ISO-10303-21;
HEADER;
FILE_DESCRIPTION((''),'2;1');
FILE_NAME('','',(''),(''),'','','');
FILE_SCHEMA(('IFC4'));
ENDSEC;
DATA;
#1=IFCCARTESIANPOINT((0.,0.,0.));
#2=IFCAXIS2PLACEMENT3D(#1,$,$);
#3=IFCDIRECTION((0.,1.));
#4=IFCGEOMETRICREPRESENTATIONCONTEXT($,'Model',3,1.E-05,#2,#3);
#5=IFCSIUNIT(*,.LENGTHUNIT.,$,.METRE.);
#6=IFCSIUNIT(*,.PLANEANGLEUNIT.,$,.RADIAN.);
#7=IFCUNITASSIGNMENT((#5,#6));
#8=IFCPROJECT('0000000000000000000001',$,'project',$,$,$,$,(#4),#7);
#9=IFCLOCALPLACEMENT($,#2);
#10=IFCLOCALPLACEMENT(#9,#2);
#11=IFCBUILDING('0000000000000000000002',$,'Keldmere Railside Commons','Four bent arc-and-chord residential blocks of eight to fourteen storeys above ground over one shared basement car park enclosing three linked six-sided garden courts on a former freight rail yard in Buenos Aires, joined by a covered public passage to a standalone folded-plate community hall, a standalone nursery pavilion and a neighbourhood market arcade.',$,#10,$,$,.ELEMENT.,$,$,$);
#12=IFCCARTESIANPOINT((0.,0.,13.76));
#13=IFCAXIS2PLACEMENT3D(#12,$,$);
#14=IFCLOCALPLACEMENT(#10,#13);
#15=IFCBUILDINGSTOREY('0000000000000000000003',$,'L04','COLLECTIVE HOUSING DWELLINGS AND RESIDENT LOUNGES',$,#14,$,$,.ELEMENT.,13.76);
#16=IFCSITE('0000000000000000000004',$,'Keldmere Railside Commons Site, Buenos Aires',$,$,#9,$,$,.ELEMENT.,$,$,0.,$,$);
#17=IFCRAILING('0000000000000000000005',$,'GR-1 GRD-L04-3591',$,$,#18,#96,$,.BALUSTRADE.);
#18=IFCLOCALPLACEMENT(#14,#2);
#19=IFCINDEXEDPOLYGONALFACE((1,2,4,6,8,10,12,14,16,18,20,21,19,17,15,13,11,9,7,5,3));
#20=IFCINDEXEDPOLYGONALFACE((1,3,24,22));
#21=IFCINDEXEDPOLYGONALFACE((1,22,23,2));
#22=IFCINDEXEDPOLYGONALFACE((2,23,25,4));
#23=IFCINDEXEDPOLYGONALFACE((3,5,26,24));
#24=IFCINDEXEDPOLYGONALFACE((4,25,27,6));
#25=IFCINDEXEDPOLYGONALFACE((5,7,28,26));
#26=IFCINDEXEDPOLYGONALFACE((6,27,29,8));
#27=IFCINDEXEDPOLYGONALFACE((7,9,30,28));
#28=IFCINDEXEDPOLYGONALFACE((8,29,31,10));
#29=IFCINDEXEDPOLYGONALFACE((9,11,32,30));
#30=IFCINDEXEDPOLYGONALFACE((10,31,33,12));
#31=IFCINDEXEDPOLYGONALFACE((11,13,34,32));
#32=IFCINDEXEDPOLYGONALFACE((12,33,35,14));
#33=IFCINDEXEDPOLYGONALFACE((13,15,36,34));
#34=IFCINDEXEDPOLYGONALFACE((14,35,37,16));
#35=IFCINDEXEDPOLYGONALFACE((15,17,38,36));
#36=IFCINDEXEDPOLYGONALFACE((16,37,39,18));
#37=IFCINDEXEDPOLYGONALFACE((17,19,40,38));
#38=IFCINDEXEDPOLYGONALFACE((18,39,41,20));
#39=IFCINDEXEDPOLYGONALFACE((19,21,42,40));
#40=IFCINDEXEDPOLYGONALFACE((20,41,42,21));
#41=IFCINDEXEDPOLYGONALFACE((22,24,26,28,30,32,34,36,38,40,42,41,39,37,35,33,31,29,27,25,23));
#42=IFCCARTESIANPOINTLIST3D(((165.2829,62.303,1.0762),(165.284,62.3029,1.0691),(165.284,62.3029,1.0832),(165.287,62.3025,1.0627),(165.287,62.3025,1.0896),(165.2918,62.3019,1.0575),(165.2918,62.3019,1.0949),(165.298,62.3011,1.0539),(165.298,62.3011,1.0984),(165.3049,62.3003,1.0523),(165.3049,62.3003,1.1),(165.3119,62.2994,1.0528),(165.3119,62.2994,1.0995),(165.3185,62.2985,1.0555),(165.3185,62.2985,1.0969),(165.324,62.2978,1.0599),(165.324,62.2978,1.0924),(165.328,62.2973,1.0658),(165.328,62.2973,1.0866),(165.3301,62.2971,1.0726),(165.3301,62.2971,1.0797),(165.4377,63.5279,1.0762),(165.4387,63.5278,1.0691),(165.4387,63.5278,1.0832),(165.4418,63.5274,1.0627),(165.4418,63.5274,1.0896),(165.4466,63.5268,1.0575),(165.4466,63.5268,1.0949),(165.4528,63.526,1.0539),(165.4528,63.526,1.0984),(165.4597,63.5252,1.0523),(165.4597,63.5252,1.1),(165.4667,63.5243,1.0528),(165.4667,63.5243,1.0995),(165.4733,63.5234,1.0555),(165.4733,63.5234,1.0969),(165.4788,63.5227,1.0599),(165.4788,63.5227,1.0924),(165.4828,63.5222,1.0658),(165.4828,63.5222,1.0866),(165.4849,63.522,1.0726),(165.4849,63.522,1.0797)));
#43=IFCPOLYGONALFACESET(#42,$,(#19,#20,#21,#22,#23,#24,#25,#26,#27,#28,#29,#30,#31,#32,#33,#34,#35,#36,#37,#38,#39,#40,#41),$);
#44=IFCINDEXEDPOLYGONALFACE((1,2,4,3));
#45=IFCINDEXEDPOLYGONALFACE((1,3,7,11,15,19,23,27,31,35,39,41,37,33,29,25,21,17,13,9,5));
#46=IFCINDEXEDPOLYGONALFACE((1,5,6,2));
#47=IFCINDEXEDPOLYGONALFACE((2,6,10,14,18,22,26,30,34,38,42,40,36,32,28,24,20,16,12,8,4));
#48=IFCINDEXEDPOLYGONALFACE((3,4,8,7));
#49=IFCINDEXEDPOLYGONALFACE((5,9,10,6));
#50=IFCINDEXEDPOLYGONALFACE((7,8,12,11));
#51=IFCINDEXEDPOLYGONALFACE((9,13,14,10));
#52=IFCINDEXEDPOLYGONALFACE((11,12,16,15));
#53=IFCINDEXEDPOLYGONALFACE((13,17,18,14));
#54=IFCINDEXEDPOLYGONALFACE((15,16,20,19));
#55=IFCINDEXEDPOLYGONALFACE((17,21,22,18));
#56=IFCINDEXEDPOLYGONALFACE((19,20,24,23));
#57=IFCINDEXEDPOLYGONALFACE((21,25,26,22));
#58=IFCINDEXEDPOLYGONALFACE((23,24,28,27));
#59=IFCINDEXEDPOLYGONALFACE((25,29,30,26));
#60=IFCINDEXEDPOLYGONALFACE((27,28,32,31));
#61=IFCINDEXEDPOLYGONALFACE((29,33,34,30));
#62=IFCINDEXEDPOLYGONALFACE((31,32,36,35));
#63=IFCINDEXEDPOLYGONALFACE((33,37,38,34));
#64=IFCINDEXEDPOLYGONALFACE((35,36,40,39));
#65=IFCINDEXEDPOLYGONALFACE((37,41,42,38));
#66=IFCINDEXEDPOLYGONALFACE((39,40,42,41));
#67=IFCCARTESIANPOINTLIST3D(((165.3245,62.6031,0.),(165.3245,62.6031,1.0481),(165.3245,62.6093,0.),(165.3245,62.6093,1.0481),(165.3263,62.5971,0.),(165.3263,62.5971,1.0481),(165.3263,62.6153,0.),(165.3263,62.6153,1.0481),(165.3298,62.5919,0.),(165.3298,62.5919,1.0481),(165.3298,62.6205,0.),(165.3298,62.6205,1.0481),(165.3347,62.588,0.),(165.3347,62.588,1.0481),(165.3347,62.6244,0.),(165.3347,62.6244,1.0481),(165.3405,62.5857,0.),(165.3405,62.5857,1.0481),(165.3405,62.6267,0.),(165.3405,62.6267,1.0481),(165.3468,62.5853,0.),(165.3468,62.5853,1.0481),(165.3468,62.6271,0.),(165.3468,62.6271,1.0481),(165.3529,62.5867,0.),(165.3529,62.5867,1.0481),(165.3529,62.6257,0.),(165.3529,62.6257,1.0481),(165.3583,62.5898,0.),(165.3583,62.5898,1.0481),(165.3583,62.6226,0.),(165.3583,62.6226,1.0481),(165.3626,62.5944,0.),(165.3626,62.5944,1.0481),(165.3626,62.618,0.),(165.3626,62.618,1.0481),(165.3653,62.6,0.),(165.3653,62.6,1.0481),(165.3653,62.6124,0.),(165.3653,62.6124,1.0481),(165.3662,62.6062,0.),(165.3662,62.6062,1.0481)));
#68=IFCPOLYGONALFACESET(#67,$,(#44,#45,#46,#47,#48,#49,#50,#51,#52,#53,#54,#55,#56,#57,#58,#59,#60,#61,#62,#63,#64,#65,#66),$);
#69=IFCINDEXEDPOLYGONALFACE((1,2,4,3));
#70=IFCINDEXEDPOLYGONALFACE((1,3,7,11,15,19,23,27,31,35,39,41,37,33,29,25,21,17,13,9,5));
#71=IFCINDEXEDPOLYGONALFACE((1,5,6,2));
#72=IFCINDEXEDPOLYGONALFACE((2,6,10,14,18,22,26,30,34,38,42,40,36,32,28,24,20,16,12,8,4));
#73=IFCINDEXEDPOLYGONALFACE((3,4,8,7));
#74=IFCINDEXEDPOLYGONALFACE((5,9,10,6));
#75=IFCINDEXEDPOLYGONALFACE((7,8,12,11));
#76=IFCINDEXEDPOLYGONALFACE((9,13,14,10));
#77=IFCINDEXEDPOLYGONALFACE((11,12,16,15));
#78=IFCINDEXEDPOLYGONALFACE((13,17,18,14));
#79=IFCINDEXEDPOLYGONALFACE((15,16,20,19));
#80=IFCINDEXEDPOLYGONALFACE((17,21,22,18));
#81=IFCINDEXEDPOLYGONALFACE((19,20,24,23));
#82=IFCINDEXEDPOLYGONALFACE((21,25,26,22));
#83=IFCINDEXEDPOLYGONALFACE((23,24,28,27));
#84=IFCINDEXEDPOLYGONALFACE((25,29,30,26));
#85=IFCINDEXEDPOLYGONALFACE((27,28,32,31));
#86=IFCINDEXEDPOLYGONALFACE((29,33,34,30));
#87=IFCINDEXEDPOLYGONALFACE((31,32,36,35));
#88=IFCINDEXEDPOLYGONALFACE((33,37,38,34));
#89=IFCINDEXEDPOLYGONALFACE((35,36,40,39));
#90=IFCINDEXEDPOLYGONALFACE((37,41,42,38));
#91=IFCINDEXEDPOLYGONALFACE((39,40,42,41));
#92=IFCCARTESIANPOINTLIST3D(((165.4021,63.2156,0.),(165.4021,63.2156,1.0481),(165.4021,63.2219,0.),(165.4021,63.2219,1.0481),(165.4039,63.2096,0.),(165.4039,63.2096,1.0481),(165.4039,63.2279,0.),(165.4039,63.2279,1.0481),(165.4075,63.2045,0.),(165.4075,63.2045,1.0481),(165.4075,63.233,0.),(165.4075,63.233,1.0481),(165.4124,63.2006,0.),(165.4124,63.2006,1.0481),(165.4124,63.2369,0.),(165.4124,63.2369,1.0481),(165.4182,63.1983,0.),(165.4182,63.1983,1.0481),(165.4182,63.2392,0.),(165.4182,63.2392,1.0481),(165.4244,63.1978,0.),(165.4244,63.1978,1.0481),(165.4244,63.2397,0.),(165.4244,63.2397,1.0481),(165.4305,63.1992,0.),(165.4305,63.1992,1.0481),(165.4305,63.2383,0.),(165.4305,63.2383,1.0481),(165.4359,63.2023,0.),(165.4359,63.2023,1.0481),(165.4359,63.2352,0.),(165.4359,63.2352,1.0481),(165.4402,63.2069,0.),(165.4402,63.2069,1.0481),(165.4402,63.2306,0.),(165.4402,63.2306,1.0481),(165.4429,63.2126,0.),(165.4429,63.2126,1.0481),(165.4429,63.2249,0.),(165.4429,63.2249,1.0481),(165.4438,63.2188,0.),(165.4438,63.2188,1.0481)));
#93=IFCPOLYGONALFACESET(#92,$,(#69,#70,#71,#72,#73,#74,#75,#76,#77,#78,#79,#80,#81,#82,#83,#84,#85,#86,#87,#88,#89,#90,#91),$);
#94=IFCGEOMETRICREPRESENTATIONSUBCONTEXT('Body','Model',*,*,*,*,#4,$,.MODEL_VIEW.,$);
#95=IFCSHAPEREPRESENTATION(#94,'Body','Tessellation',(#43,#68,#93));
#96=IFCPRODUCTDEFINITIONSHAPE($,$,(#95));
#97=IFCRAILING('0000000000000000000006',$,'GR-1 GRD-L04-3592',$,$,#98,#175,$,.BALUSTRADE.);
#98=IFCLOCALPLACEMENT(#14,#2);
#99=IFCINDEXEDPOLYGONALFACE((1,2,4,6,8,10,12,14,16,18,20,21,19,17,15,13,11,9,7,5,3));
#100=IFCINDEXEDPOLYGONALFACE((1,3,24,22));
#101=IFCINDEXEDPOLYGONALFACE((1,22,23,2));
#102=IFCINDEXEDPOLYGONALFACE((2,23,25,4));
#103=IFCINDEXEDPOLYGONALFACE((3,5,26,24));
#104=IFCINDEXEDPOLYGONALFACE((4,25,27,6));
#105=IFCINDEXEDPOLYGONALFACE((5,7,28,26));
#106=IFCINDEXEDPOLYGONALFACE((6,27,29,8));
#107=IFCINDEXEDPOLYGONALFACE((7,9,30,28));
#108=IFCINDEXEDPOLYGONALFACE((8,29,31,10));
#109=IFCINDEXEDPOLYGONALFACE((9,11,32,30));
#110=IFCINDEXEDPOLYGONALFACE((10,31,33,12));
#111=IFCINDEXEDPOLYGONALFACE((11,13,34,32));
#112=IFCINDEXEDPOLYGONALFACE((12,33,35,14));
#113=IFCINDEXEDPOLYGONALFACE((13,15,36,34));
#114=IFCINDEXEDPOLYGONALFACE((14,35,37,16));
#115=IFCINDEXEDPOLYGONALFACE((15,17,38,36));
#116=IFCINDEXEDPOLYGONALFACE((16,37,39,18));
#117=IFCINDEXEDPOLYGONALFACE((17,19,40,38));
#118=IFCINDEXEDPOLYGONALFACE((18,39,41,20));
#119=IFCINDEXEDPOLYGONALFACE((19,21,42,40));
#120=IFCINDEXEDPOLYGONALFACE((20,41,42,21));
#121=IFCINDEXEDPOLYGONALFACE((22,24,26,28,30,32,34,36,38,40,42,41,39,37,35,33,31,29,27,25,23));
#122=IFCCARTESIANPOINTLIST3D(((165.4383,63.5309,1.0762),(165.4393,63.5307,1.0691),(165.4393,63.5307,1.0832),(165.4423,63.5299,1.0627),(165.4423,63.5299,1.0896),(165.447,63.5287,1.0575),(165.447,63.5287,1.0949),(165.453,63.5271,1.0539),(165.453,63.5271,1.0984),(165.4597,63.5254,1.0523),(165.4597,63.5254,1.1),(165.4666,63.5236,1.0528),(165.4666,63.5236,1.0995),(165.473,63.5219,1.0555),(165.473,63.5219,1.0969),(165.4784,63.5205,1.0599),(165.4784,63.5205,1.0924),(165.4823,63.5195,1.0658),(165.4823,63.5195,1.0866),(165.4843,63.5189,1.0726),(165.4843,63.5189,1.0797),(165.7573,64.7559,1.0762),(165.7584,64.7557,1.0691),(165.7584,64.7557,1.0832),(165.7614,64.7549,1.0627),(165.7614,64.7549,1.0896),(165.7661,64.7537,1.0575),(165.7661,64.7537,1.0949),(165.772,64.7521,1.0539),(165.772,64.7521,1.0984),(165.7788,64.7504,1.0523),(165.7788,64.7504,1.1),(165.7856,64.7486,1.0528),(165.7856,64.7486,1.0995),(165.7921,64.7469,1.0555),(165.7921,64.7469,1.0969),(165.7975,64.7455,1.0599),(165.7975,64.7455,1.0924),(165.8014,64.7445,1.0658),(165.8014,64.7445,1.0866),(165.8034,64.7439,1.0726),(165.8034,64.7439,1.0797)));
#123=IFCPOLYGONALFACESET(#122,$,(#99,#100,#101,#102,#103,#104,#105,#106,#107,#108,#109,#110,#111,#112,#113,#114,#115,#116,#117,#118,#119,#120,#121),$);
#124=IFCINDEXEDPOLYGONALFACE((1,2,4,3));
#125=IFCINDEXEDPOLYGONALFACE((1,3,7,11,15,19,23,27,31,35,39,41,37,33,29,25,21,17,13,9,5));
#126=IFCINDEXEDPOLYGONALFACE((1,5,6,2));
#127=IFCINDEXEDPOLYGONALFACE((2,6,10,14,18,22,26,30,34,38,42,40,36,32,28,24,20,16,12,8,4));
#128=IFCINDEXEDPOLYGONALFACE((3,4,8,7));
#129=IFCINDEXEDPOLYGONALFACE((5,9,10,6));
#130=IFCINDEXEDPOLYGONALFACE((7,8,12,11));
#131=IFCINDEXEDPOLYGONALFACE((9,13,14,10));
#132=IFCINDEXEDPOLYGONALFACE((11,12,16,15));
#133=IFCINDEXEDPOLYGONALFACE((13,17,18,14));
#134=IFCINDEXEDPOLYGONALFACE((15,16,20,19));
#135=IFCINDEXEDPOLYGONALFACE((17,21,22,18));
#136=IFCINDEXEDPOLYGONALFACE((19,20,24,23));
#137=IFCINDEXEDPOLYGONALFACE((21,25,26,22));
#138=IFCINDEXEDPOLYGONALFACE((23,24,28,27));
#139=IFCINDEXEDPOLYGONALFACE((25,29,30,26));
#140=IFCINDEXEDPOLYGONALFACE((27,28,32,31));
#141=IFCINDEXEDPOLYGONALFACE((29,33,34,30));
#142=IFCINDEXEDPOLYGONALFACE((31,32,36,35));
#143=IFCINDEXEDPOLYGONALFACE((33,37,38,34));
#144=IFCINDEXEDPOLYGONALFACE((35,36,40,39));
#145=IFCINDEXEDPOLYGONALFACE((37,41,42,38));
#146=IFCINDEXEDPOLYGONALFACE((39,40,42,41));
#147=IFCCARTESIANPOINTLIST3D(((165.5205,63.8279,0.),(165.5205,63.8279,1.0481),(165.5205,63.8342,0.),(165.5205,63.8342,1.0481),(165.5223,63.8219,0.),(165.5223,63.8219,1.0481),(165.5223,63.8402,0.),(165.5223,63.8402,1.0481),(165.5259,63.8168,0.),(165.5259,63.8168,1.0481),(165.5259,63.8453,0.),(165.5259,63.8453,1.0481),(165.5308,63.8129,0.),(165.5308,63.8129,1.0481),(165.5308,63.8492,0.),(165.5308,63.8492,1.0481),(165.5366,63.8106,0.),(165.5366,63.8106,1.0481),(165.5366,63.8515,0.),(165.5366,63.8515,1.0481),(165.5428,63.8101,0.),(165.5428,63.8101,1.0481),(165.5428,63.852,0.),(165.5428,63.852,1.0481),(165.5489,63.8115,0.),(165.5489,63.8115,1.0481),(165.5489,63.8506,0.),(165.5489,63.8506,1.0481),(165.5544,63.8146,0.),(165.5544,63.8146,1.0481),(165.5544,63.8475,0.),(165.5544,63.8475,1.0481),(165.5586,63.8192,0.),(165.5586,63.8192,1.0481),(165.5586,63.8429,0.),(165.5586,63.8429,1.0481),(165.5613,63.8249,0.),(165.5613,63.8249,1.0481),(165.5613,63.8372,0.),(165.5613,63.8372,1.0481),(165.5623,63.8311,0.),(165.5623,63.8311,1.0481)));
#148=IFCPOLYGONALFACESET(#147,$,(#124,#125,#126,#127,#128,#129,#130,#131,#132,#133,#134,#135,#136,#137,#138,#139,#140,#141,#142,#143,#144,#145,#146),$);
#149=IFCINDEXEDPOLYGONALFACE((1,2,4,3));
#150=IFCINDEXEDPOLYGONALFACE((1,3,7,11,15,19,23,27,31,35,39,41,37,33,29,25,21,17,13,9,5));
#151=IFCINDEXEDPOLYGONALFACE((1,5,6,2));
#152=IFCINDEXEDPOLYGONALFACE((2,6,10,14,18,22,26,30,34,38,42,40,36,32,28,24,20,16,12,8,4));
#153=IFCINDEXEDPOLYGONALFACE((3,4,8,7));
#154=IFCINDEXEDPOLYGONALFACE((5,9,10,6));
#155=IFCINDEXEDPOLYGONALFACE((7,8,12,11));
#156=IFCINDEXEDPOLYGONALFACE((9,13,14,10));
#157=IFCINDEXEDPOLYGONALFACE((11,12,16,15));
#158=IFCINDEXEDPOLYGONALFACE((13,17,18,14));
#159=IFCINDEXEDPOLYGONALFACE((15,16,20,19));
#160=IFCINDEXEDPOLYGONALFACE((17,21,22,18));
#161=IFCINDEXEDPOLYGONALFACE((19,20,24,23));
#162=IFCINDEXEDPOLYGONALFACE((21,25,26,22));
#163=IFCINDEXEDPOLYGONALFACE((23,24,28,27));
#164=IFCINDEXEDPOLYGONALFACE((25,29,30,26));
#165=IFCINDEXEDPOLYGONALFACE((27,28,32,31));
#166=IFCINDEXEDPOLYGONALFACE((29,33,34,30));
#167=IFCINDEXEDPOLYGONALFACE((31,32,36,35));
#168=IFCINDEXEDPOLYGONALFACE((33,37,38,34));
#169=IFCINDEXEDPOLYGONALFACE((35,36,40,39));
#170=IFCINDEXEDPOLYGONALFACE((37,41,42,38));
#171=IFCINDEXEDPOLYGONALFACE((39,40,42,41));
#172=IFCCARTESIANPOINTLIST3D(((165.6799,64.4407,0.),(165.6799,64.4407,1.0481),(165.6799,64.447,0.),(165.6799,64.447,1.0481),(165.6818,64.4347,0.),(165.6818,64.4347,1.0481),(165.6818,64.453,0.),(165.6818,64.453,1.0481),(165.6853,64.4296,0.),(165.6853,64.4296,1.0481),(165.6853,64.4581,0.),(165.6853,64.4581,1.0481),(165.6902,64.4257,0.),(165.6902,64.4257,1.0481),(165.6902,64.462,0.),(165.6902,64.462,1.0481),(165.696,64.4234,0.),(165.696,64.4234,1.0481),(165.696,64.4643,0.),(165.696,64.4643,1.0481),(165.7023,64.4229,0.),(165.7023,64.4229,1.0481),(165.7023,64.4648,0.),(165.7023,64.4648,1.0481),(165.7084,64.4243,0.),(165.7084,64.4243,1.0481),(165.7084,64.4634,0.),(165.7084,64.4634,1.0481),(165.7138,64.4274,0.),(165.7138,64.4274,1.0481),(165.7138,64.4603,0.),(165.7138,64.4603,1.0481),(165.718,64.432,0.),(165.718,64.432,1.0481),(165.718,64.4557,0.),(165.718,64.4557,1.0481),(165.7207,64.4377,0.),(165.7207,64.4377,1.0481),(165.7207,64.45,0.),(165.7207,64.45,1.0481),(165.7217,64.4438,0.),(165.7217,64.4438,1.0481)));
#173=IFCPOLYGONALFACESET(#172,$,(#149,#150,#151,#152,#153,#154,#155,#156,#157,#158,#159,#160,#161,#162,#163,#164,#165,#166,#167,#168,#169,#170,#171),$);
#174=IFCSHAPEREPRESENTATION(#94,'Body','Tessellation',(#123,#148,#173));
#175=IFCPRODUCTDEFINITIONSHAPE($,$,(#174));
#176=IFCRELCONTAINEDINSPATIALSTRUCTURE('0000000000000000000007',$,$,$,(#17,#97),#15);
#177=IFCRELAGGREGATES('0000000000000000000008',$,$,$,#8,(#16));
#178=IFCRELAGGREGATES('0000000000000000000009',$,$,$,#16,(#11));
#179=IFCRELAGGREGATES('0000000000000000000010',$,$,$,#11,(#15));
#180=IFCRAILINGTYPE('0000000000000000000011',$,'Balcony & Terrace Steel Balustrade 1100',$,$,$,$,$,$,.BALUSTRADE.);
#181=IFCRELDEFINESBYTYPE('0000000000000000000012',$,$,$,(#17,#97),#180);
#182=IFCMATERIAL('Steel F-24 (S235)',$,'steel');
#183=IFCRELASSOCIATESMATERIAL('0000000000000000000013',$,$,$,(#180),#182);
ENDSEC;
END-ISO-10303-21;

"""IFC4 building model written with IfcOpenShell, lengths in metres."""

from ifc_helpers import new_model, si_unit, direction, frame, origin, origin_2d, place, context, subcontext, project, spatial, circle, extrude, material, type_object, element, save


model = new_model("IFC4")

# Units and contexts
model_context = context("Model", 3, precision=1e-05, world=origin(), true_north=direction((0.0, 1.0)))
body_context = subcontext(model_context, "Body", "Model", "MODEL_VIEW")
ifc_project = project(units=[si_unit("LENGTHUNIT", "METRE"), si_unit("PLANEANGLEUNIT", "RADIAN")], contexts=[model_context])

# Site, building, storey
site_placement = place(None, origin())
site = spatial("IfcSite", under=ifc_project, at=site_placement, Name="Keldmere Railside Commons Site, Buenos Aires", CompositionType="ELEMENT", RefElevation=0.0)
building_placement = place(site_placement, origin())
building = spatial("IfcBuilding", under=site, at=building_placement, Name="Keldmere Railside Commons", Description="Four bent arc-and-chord residential blocks of eight to fourteen storeys above ground over one shared basement car park enclosing three linked six-sided garden courts on a former freight rail yard in Buenos Aires, joined by a covered public passage to a standalone folded-plate community hall, a standalone nursery pavilion and a neighbourhood market arcade.", CompositionType="ELEMENT")
storey_placement = place(building_placement, frame((0.0, 0.0, 13.76)))
storey = spatial("IfcBuildingStorey", under=building, at=storey_placement, Name="L04", Description="COLLECTIVE HOUSING DWELLINGS AND RESIDENT LOUNGES", CompositionType="ELEMENT", Elevation=13.76)

# Railings
ifc_material_1 = material(Name="Steel F-24 (S235)", Category="steel")
railing_type = type_object("IfcRailingType", Name="Balcony & Terrace Steel Balustrade 1100", PredefinedType="BALUSTRADE", material=ifc_material_1)
railing_1_placement = place(storey_placement, frame((165.3066, 62.3, 0.0)))
element("IfcRailing", 1, at=railing_1_placement, inside=storey, type_object=railing_type, Name="GR-1 GRD-L04-3591", PredefinedType="BALUSTRADE", context=body_context, shape_type="SweptSolid", body=[
    extrude(circle(Radius=0.0239, at=origin_2d()), frame((0.0, 0.0, 1.0762), z_axis=(0.125373, 0.99211, 0.0), x_axis=(-0.99211, 0.125373, 0.0)), (0.0, 0.0, 1.0), 1.2346),
    extrude(circle(Radius=0.021, at=origin_2d()), frame((0.0386, 0.3062, 0.0)), (0.0, 0.0, 1.0), 1.0481),
    extrude(circle(Radius=0.021, at=origin_2d()), frame((0.1162, 0.9187, 0.0)), (0.0, 0.0, 1.0), 1.0481),
])
railing_2_placement = place(storey_placement, frame((165.4614, 63.5249, 0.0)))
element("IfcRailing", 2, at=railing_2_placement, inside=storey, type_object=railing_type, Name="GR-1 GRD-L04-3592", PredefinedType="BALUSTRADE", context=body_context, shape_type="SweptSolid", body=[
    extrude(circle(Radius=0.0239, at=origin_2d()), frame((0.0, 0.0, 1.0762), z_axis=(0.252053, 0.967713, 0.0), x_axis=(-0.967713, 0.252053, 0.0)), (0.0, 0.0, 1.0), 1.2659),
    extrude(circle(Radius=0.021, at=origin_2d()), frame((0.0798, 0.3062, 0.0)), (0.0, 0.0, 1.0), 1.0481),
    extrude(circle(Radius=0.021, at=origin_2d()), frame((0.2393, 0.9189, 0.0)), (0.0, 0.0, 1.0), 1.0481),
])

save(model, "model.ifc")
